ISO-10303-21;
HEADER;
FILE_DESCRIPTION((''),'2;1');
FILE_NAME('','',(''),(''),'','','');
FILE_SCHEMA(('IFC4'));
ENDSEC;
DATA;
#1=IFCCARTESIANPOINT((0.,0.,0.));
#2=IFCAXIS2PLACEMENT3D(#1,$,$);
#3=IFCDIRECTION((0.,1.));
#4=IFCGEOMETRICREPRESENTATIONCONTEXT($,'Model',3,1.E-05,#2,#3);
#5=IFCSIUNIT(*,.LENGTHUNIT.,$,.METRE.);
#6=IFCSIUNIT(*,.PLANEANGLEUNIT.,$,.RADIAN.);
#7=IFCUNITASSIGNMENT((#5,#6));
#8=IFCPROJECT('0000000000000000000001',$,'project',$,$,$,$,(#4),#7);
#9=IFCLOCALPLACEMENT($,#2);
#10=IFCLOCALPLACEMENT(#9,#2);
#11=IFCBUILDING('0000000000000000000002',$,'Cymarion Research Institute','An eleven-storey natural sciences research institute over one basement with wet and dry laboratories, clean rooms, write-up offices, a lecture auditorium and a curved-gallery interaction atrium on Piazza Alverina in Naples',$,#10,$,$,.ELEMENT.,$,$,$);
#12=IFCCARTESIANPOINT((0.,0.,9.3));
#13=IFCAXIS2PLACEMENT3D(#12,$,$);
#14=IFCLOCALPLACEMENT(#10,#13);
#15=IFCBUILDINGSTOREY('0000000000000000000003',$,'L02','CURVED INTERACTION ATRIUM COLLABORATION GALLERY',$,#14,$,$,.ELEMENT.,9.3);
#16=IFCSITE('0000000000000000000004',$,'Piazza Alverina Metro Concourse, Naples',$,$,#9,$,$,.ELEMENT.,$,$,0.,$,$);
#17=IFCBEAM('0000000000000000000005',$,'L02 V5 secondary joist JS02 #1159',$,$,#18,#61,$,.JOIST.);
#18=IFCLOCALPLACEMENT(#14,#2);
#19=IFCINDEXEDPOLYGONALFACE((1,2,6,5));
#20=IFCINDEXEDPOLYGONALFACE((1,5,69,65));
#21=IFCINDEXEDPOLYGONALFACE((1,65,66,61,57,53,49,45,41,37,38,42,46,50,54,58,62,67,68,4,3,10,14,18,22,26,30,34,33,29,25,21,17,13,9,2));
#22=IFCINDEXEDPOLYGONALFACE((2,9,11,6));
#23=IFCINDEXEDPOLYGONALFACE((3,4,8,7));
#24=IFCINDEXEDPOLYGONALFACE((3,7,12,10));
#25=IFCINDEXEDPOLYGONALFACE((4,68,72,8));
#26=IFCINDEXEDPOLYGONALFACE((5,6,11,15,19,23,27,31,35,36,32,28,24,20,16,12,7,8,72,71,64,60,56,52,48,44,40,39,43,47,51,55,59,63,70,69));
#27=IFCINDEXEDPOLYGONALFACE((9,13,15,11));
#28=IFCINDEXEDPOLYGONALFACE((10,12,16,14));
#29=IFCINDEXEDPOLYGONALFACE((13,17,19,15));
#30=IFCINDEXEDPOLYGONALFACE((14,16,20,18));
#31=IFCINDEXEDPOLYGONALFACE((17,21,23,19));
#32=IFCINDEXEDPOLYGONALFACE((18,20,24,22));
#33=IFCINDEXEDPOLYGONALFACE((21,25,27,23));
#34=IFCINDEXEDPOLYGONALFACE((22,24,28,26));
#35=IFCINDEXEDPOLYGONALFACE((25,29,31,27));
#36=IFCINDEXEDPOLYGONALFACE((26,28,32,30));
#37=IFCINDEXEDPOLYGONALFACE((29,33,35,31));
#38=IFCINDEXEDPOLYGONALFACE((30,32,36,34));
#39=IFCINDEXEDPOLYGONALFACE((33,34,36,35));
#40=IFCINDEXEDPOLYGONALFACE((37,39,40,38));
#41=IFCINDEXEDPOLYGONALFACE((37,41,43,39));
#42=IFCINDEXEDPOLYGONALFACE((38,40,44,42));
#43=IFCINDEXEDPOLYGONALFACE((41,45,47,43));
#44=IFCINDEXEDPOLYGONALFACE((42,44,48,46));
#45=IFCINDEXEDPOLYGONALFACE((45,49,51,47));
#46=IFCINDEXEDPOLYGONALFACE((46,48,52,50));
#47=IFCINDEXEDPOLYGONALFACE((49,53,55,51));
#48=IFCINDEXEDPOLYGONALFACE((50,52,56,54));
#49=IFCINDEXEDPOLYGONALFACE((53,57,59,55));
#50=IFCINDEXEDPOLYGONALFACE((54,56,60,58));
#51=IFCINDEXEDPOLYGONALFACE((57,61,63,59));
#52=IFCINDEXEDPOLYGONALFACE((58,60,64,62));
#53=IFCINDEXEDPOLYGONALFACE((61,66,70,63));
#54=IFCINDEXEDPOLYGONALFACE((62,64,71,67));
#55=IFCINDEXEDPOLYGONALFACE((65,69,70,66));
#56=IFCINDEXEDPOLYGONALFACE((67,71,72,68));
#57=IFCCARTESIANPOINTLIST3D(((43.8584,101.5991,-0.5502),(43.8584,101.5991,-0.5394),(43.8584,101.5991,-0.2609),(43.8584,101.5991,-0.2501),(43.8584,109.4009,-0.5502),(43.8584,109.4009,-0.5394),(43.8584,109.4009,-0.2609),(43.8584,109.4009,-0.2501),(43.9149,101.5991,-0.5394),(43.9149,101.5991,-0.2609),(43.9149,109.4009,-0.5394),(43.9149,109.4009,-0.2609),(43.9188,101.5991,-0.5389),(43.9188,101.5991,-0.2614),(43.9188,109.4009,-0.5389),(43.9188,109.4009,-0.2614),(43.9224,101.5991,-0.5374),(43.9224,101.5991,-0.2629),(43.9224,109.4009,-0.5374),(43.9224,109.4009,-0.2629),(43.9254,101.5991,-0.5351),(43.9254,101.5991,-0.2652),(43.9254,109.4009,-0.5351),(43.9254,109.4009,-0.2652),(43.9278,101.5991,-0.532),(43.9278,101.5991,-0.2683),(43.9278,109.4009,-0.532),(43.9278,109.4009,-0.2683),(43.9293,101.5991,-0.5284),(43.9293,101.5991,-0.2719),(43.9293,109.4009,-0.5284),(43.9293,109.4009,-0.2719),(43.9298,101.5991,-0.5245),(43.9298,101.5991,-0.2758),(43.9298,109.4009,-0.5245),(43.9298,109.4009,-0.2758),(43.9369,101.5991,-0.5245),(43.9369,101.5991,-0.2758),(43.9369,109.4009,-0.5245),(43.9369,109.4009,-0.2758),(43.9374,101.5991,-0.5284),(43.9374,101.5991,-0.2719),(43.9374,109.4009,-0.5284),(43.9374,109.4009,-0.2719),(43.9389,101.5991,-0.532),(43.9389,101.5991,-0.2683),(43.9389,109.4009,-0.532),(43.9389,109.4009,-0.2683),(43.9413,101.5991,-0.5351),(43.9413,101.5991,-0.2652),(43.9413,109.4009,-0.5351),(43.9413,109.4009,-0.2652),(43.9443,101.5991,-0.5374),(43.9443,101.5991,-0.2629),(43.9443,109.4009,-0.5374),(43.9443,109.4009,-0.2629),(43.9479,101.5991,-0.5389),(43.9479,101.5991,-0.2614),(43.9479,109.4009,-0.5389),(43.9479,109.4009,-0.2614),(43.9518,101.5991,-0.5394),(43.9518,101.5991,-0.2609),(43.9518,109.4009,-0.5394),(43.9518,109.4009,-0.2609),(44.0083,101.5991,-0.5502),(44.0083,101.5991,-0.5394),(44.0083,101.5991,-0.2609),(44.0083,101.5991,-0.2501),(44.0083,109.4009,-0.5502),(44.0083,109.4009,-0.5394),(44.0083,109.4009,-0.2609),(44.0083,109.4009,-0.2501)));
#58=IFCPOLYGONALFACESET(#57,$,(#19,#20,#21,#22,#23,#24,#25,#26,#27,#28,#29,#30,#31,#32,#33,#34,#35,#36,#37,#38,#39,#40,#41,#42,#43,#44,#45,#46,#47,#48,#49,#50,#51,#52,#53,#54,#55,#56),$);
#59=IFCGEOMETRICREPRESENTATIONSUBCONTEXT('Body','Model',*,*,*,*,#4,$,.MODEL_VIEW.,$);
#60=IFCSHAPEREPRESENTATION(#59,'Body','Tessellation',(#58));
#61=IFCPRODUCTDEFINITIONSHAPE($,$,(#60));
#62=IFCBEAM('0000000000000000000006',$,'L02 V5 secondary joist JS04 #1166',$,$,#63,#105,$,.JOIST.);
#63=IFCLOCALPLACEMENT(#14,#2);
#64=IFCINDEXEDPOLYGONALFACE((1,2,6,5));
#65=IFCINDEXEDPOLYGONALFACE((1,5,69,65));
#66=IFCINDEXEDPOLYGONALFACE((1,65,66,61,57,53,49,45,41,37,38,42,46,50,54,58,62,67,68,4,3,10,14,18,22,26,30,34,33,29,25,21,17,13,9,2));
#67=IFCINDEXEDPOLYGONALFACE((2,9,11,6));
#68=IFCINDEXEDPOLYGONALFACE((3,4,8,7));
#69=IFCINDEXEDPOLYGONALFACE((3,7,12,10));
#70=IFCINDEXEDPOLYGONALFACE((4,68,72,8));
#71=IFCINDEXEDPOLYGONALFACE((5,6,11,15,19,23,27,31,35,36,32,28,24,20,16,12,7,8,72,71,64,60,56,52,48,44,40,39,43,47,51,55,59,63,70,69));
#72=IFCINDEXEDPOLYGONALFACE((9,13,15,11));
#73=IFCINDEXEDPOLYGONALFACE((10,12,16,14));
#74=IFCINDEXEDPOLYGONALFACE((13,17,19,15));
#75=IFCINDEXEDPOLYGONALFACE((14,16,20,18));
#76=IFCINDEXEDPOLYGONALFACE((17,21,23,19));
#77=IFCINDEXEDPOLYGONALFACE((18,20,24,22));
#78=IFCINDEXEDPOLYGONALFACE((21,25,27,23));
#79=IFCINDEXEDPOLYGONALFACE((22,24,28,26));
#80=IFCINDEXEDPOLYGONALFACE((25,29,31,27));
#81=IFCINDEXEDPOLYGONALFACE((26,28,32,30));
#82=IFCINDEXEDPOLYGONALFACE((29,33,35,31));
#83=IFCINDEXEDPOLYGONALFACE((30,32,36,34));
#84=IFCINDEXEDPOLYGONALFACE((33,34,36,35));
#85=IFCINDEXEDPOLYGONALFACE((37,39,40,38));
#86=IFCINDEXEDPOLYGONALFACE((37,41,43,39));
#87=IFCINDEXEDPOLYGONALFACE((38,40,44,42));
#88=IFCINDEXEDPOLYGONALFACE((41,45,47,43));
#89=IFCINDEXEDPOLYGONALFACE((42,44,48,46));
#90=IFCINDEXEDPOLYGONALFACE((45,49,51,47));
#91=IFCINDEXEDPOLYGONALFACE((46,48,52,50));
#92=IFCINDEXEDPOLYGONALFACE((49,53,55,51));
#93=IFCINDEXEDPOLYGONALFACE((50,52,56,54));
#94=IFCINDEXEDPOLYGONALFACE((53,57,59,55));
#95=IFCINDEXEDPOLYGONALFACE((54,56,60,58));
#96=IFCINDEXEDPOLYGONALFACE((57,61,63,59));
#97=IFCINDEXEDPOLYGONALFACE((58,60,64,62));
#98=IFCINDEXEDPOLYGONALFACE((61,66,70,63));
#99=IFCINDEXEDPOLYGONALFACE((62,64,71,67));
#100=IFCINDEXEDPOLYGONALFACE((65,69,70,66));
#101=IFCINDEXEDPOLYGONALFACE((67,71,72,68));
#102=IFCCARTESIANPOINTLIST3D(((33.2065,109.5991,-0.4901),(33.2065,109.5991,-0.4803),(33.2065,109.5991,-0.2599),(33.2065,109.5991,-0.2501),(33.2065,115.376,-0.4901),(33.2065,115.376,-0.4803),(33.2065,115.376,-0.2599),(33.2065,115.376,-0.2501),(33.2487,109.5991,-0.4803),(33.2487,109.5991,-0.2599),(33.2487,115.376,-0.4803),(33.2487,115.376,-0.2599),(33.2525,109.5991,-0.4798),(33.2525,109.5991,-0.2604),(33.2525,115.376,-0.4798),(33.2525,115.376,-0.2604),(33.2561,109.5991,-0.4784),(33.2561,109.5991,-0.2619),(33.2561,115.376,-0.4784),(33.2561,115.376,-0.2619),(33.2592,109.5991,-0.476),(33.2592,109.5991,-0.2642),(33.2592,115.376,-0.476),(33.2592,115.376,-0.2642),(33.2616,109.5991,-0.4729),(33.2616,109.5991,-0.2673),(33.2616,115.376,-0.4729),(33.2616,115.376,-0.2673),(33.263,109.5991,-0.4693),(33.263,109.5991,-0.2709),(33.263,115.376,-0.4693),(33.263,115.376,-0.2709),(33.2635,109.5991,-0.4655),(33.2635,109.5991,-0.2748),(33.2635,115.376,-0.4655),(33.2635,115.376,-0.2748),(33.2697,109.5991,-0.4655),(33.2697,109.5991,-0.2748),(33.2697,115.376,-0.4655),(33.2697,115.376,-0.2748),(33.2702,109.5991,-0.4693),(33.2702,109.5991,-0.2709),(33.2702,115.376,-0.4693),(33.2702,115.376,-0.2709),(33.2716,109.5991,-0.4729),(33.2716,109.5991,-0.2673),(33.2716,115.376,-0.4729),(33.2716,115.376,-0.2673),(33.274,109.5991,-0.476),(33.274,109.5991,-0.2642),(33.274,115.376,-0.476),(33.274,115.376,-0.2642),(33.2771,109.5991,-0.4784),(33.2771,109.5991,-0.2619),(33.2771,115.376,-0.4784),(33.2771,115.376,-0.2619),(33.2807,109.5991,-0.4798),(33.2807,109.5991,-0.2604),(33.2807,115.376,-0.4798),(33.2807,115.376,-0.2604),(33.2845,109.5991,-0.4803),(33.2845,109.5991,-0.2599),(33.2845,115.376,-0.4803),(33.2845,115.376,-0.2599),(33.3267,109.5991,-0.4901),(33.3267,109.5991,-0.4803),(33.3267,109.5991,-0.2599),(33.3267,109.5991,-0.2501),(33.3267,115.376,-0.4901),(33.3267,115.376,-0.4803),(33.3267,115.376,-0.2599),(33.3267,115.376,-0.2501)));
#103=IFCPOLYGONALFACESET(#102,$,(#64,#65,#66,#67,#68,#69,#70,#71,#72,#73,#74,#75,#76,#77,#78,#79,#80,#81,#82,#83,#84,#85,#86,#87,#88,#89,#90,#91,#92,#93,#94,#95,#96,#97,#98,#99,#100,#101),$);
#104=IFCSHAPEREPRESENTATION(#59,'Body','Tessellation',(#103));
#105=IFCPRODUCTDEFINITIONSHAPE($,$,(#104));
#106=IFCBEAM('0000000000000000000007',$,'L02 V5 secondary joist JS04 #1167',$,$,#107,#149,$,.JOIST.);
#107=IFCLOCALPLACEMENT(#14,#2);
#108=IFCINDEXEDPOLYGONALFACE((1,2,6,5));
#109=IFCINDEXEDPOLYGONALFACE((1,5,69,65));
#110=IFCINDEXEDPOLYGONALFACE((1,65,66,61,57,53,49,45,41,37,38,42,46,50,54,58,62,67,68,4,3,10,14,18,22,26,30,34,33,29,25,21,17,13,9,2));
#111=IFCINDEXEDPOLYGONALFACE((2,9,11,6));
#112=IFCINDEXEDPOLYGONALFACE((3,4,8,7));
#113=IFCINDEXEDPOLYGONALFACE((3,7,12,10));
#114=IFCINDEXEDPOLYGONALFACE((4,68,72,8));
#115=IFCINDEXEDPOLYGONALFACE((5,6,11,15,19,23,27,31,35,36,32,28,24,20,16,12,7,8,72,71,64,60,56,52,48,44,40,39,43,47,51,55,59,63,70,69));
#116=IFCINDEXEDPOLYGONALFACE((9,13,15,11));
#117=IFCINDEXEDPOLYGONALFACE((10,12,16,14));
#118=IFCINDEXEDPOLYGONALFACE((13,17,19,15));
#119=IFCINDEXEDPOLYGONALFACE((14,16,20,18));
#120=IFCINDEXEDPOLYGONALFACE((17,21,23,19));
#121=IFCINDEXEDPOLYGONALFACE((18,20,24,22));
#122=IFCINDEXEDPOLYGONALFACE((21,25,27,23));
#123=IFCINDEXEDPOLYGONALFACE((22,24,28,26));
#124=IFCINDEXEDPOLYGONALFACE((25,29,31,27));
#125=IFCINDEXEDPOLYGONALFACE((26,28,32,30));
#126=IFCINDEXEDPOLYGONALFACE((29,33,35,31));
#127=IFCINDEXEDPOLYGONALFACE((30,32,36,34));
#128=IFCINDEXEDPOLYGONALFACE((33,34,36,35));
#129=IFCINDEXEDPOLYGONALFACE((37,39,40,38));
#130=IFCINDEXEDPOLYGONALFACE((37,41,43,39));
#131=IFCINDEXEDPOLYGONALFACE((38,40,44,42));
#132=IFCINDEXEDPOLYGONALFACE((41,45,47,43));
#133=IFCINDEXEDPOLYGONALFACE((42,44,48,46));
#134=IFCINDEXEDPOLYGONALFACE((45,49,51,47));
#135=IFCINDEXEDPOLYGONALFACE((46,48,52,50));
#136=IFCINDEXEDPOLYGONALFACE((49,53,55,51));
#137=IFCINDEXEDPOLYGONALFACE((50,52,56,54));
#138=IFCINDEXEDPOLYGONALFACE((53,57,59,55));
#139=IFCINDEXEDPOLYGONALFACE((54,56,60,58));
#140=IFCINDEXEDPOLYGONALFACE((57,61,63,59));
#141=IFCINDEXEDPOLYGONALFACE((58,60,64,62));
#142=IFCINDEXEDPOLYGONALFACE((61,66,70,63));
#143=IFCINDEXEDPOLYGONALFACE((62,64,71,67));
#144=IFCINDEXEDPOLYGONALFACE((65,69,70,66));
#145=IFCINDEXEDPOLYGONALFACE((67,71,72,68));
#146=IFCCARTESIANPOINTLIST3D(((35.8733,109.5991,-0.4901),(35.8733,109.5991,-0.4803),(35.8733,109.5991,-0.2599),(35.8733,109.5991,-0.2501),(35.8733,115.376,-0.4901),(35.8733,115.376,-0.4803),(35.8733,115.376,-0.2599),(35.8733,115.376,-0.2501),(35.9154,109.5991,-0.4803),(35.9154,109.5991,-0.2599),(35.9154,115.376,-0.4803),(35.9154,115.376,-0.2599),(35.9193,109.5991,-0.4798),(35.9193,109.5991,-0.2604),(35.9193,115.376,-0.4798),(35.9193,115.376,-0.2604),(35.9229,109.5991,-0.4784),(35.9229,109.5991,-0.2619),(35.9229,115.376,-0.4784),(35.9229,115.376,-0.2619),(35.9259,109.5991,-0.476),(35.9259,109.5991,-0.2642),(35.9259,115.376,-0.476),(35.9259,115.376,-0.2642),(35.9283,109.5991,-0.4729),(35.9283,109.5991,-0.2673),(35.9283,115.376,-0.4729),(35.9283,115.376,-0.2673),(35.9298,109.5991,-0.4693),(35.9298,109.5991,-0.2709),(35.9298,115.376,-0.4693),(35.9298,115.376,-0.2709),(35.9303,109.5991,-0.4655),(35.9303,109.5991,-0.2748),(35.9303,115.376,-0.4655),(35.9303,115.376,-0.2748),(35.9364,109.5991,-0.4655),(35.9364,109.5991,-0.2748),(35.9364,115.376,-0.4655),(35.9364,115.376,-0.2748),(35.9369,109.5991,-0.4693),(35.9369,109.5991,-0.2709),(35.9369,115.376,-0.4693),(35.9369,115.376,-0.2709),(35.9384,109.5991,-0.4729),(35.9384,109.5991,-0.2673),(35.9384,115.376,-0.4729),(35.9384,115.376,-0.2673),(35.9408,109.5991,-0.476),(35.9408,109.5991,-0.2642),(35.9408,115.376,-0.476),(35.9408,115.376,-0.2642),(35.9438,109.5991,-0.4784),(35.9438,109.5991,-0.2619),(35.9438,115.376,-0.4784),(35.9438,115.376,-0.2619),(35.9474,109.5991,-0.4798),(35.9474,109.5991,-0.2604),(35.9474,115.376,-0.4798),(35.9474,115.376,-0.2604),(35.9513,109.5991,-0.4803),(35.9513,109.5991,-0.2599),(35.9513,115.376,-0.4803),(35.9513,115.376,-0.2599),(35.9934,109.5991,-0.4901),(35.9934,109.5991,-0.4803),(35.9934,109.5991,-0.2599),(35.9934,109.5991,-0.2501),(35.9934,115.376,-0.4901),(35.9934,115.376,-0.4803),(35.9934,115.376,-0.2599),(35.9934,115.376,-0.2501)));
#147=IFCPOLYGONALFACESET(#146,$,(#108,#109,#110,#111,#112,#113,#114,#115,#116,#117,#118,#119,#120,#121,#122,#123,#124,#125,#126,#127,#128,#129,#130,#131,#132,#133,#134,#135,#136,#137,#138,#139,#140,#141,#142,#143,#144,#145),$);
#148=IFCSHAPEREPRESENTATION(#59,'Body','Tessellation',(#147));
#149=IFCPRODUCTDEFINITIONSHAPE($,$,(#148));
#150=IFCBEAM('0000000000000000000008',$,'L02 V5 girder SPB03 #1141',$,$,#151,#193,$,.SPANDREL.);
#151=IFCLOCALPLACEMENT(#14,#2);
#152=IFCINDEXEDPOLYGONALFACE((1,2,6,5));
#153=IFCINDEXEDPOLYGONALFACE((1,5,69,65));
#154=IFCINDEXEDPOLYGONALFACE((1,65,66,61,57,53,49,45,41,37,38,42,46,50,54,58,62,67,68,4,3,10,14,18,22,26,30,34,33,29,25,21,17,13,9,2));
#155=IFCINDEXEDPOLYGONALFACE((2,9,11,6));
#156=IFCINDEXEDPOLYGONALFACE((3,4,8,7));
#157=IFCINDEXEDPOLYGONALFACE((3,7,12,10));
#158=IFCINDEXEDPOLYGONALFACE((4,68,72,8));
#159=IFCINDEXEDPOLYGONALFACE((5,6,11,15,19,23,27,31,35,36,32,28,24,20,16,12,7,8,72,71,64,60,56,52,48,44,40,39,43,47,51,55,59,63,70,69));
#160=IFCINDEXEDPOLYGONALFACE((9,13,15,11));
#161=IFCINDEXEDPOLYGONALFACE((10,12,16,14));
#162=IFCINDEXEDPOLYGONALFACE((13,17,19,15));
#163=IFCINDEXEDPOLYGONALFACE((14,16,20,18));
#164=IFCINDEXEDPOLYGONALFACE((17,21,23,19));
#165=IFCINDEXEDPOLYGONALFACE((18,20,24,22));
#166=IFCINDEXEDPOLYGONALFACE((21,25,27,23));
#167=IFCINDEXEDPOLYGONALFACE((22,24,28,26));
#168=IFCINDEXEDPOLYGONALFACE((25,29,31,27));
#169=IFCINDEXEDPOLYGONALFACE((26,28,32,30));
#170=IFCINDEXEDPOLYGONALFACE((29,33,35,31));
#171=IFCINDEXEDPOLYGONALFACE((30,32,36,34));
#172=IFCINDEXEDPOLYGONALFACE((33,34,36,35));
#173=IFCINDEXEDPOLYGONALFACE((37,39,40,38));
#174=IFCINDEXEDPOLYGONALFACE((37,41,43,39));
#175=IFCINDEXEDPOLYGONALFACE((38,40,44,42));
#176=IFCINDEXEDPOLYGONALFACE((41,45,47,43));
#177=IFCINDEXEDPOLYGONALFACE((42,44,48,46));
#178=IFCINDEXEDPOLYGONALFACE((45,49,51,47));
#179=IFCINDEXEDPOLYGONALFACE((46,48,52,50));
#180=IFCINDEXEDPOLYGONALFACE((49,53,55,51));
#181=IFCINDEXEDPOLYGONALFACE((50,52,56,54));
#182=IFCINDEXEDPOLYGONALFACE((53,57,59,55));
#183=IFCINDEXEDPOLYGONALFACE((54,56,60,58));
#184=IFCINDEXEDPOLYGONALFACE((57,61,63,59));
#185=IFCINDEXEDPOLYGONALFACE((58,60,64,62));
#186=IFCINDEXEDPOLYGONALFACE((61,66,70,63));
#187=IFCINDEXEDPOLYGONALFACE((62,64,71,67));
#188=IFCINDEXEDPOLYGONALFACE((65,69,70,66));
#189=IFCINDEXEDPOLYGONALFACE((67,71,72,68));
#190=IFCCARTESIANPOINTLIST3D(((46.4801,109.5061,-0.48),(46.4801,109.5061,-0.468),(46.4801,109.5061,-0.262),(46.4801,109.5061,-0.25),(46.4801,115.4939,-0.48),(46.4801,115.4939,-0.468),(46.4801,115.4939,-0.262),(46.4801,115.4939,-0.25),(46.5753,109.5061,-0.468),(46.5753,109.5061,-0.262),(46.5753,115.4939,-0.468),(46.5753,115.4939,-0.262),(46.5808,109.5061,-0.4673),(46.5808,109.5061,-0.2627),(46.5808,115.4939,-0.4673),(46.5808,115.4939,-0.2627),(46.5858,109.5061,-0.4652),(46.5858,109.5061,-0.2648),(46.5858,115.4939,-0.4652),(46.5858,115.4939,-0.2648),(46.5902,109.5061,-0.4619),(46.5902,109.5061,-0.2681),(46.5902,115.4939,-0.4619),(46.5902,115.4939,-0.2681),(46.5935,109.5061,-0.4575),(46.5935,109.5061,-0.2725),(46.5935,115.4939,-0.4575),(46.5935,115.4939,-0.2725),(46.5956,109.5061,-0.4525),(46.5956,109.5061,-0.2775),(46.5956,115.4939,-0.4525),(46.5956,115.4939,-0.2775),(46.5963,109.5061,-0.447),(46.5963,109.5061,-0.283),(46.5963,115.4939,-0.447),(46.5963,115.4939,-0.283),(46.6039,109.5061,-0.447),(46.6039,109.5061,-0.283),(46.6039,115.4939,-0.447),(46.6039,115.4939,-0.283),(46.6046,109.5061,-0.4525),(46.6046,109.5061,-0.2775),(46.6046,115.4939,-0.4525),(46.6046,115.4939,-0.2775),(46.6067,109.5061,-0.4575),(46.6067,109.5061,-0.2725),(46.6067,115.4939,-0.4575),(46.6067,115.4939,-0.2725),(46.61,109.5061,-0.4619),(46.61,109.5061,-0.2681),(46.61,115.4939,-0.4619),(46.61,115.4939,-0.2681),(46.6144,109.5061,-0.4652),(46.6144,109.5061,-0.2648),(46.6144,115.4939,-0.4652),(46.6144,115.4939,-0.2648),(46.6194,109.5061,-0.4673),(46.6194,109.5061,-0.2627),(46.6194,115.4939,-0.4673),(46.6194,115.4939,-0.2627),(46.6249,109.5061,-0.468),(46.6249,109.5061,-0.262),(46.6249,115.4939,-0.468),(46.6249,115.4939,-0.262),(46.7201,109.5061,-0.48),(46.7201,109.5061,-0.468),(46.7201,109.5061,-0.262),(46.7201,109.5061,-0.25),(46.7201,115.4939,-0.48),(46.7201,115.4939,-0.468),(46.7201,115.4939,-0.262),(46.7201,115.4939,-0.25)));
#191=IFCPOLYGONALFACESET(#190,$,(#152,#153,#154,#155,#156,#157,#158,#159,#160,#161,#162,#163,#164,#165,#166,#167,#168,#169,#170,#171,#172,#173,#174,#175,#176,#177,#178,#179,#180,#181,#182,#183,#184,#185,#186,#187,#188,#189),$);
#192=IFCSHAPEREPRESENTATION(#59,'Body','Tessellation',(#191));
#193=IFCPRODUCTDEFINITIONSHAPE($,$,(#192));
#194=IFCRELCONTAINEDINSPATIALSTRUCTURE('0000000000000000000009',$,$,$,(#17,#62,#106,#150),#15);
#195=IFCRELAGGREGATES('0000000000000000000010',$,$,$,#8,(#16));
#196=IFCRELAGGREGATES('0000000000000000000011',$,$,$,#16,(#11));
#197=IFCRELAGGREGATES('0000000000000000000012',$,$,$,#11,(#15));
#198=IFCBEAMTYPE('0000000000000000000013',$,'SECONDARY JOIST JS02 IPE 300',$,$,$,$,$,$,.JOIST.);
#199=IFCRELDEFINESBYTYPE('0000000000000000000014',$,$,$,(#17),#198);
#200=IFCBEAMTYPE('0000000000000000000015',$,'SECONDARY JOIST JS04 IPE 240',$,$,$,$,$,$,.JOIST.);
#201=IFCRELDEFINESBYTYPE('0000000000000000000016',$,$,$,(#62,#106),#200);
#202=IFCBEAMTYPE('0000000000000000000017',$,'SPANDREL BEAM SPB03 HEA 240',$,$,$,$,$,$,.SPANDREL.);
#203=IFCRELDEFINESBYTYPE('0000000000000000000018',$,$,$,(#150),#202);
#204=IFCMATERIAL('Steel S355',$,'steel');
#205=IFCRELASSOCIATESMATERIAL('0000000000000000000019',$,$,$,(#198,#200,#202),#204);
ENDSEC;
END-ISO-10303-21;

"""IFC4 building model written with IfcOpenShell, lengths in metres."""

from ifc_helpers import new_model, si_unit, direction, frame, origin, origin_2d, place, context, subcontext, project, spatial, i_section, extrude, material, material_profile, profile_set, type_object, element, save


model = new_model("IFC4")

# Units and contexts
model_context = context("Model", 3, precision=1e-05, world=origin(), true_north=direction((0.0, 1.0)))
body_context = subcontext(model_context, "Body", "Model", "MODEL_VIEW")
ifc_project = project(units=[si_unit("LENGTHUNIT", "METRE"), si_unit("PLANEANGLEUNIT", "RADIAN")], contexts=[model_context])

# Site, building, storey
site_placement = place(None, origin())
site = spatial("IfcSite", under=ifc_project, at=site_placement, Name="Piazza Alverina Metro Concourse, Naples", CompositionType="ELEMENT", RefElevation=0.0)
building_placement = place(site_placement, origin())
building = spatial("IfcBuilding", under=site, at=building_placement, Name="Cymarion Research Institute", Description="An eleven-storey natural sciences research institute over one basement with wet and dry laboratories, clean rooms, write-up offices, a lecture auditorium and a curved-gallery interaction atrium on Piazza Alverina in Naples", CompositionType="ELEMENT")
storey_placement = place(building_placement, frame((0.0, 0.0, 9.3)))
storey = spatial("IfcBuildingStorey", under=building, at=storey_placement, Name="L02", Description="CURVED INTERACTION ATRIUM COLLABORATION GALLERY", CompositionType="ELEMENT", Elevation=9.3)

# Shared definitions
ifc_material_1 = material(Name="Steel S355", Category="steel")

# Beams
ifc_material_profile_1 = material_profile(ifc_material_1, i_section(OverallWidth=0.1499, OverallDepth=0.3, WebThickness=0.0071, FlangeThickness=0.0107, FilletRadius=0.0149, at=origin_2d()), Name="IPE 300")
ifc_profile_set_1 = profile_set([ifc_material_profile_1], Name="Steel S355")
beam_type_1 = type_object("IfcBeamType", Name="SECONDARY JOIST JS02 IPE 300", PredefinedType="JOIST", material=ifc_profile_set_1)
for number, where, z_axis, x_axis, name in (
    (1, (43.9333, 101.5991, -0.4001), (0.0, 1.0, 0.0), (-1.0, 0.0, 0.0), "L02 V5 secondary joist JS02 #1159"),
):
    element("IfcBeam", number, at=place(storey_placement, frame(where, z_axis=z_axis, x_axis=x_axis)), inside=storey, type_object=beam_type_1, Name=name, PredefinedType="JOIST", context=body_context, shape_type="SweptSolid", body=[
        extrude(i_section(OverallWidth=0.1499, OverallDepth=0.3, WebThickness=0.0071, FlangeThickness=0.0107, FilletRadius=0.0149, at=origin_2d()), origin(), (0.0, 0.0, 1.0), 7.8018),
    ])
ifc_material_profile_2 = material_profile(ifc_material_1, i_section(OverallWidth=0.1201, OverallDepth=0.24, WebThickness=0.0061, FlangeThickness=0.0098, FilletRadius=0.0149, at=origin_2d()), Name="IPE 240")
ifc_profile_set_2 = profile_set([ifc_material_profile_2], Name="Steel S355")
beam_type_2 = type_object("IfcBeamType", Name="SECONDARY JOIST JS04 IPE 240", PredefinedType="JOIST", material=ifc_profile_set_2)
for number, where, z_axis, x_axis, name in (
    (2, (33.2666, 109.5991, -0.3701), (0.0, 1.0, 0.0), (-1.0, 0.0, 0.0), "L02 V5 secondary joist JS04 #1166"),
    (3, (35.9333, 109.5991, -0.3701), (0.0, 1.0, 0.0), (-1.0, 0.0, 0.0), "L02 V5 secondary joist JS04 #1167"),
):
    element("IfcBeam", number, at=place(storey_placement, frame(where, z_axis=z_axis, x_axis=x_axis)), inside=storey, type_object=beam_type_2, Name=name, PredefinedType="JOIST", context=body_context, shape_type="SweptSolid", body=[
        extrude(i_section(OverallWidth=0.1201, OverallDepth=0.24, WebThickness=0.0061, FlangeThickness=0.0098, FilletRadius=0.0149, at=origin_2d()), origin(), (0.0, 0.0, 1.0), 5.7769),
    ])
ifc_material_profile_3 = material_profile(ifc_material_1, i_section(OverallWidth=0.24, OverallDepth=0.23, WebThickness=0.0076, FlangeThickness=0.012, FilletRadius=0.021, at=origin_2d()), Name="HEA 240")
ifc_profile_set_3 = profile_set([ifc_material_profile_3], Name="Steel S355")
beam_type_3 = type_object("IfcBeamType", Name="SPANDREL BEAM SPB03 HEA 240", PredefinedType="SPANDREL", material=ifc_profile_set_3)
beam_1_placement = place(storey_placement, frame((46.6001, 109.5061, -0.365), z_axis=(0.0, 1.0, 0.0), x_axis=(-1.0, 0.0, 0.0)))
element("IfcBeam", 4, at=beam_1_placement, inside=storey, type_object=beam_type_3, Name="L02 V5 girder SPB03 #1141", PredefinedType="SPANDREL", context=body_context, shape_type="SweptSolid", body=[
    extrude(i_section(OverallWidth=0.24, OverallDepth=0.23, WebThickness=0.0076, FlangeThickness=0.012, FilletRadius=0.021, at=origin_2d()), origin(), (0.0, 0.0, 1.0), 5.9878),
])

save(model, "model.ifc")
